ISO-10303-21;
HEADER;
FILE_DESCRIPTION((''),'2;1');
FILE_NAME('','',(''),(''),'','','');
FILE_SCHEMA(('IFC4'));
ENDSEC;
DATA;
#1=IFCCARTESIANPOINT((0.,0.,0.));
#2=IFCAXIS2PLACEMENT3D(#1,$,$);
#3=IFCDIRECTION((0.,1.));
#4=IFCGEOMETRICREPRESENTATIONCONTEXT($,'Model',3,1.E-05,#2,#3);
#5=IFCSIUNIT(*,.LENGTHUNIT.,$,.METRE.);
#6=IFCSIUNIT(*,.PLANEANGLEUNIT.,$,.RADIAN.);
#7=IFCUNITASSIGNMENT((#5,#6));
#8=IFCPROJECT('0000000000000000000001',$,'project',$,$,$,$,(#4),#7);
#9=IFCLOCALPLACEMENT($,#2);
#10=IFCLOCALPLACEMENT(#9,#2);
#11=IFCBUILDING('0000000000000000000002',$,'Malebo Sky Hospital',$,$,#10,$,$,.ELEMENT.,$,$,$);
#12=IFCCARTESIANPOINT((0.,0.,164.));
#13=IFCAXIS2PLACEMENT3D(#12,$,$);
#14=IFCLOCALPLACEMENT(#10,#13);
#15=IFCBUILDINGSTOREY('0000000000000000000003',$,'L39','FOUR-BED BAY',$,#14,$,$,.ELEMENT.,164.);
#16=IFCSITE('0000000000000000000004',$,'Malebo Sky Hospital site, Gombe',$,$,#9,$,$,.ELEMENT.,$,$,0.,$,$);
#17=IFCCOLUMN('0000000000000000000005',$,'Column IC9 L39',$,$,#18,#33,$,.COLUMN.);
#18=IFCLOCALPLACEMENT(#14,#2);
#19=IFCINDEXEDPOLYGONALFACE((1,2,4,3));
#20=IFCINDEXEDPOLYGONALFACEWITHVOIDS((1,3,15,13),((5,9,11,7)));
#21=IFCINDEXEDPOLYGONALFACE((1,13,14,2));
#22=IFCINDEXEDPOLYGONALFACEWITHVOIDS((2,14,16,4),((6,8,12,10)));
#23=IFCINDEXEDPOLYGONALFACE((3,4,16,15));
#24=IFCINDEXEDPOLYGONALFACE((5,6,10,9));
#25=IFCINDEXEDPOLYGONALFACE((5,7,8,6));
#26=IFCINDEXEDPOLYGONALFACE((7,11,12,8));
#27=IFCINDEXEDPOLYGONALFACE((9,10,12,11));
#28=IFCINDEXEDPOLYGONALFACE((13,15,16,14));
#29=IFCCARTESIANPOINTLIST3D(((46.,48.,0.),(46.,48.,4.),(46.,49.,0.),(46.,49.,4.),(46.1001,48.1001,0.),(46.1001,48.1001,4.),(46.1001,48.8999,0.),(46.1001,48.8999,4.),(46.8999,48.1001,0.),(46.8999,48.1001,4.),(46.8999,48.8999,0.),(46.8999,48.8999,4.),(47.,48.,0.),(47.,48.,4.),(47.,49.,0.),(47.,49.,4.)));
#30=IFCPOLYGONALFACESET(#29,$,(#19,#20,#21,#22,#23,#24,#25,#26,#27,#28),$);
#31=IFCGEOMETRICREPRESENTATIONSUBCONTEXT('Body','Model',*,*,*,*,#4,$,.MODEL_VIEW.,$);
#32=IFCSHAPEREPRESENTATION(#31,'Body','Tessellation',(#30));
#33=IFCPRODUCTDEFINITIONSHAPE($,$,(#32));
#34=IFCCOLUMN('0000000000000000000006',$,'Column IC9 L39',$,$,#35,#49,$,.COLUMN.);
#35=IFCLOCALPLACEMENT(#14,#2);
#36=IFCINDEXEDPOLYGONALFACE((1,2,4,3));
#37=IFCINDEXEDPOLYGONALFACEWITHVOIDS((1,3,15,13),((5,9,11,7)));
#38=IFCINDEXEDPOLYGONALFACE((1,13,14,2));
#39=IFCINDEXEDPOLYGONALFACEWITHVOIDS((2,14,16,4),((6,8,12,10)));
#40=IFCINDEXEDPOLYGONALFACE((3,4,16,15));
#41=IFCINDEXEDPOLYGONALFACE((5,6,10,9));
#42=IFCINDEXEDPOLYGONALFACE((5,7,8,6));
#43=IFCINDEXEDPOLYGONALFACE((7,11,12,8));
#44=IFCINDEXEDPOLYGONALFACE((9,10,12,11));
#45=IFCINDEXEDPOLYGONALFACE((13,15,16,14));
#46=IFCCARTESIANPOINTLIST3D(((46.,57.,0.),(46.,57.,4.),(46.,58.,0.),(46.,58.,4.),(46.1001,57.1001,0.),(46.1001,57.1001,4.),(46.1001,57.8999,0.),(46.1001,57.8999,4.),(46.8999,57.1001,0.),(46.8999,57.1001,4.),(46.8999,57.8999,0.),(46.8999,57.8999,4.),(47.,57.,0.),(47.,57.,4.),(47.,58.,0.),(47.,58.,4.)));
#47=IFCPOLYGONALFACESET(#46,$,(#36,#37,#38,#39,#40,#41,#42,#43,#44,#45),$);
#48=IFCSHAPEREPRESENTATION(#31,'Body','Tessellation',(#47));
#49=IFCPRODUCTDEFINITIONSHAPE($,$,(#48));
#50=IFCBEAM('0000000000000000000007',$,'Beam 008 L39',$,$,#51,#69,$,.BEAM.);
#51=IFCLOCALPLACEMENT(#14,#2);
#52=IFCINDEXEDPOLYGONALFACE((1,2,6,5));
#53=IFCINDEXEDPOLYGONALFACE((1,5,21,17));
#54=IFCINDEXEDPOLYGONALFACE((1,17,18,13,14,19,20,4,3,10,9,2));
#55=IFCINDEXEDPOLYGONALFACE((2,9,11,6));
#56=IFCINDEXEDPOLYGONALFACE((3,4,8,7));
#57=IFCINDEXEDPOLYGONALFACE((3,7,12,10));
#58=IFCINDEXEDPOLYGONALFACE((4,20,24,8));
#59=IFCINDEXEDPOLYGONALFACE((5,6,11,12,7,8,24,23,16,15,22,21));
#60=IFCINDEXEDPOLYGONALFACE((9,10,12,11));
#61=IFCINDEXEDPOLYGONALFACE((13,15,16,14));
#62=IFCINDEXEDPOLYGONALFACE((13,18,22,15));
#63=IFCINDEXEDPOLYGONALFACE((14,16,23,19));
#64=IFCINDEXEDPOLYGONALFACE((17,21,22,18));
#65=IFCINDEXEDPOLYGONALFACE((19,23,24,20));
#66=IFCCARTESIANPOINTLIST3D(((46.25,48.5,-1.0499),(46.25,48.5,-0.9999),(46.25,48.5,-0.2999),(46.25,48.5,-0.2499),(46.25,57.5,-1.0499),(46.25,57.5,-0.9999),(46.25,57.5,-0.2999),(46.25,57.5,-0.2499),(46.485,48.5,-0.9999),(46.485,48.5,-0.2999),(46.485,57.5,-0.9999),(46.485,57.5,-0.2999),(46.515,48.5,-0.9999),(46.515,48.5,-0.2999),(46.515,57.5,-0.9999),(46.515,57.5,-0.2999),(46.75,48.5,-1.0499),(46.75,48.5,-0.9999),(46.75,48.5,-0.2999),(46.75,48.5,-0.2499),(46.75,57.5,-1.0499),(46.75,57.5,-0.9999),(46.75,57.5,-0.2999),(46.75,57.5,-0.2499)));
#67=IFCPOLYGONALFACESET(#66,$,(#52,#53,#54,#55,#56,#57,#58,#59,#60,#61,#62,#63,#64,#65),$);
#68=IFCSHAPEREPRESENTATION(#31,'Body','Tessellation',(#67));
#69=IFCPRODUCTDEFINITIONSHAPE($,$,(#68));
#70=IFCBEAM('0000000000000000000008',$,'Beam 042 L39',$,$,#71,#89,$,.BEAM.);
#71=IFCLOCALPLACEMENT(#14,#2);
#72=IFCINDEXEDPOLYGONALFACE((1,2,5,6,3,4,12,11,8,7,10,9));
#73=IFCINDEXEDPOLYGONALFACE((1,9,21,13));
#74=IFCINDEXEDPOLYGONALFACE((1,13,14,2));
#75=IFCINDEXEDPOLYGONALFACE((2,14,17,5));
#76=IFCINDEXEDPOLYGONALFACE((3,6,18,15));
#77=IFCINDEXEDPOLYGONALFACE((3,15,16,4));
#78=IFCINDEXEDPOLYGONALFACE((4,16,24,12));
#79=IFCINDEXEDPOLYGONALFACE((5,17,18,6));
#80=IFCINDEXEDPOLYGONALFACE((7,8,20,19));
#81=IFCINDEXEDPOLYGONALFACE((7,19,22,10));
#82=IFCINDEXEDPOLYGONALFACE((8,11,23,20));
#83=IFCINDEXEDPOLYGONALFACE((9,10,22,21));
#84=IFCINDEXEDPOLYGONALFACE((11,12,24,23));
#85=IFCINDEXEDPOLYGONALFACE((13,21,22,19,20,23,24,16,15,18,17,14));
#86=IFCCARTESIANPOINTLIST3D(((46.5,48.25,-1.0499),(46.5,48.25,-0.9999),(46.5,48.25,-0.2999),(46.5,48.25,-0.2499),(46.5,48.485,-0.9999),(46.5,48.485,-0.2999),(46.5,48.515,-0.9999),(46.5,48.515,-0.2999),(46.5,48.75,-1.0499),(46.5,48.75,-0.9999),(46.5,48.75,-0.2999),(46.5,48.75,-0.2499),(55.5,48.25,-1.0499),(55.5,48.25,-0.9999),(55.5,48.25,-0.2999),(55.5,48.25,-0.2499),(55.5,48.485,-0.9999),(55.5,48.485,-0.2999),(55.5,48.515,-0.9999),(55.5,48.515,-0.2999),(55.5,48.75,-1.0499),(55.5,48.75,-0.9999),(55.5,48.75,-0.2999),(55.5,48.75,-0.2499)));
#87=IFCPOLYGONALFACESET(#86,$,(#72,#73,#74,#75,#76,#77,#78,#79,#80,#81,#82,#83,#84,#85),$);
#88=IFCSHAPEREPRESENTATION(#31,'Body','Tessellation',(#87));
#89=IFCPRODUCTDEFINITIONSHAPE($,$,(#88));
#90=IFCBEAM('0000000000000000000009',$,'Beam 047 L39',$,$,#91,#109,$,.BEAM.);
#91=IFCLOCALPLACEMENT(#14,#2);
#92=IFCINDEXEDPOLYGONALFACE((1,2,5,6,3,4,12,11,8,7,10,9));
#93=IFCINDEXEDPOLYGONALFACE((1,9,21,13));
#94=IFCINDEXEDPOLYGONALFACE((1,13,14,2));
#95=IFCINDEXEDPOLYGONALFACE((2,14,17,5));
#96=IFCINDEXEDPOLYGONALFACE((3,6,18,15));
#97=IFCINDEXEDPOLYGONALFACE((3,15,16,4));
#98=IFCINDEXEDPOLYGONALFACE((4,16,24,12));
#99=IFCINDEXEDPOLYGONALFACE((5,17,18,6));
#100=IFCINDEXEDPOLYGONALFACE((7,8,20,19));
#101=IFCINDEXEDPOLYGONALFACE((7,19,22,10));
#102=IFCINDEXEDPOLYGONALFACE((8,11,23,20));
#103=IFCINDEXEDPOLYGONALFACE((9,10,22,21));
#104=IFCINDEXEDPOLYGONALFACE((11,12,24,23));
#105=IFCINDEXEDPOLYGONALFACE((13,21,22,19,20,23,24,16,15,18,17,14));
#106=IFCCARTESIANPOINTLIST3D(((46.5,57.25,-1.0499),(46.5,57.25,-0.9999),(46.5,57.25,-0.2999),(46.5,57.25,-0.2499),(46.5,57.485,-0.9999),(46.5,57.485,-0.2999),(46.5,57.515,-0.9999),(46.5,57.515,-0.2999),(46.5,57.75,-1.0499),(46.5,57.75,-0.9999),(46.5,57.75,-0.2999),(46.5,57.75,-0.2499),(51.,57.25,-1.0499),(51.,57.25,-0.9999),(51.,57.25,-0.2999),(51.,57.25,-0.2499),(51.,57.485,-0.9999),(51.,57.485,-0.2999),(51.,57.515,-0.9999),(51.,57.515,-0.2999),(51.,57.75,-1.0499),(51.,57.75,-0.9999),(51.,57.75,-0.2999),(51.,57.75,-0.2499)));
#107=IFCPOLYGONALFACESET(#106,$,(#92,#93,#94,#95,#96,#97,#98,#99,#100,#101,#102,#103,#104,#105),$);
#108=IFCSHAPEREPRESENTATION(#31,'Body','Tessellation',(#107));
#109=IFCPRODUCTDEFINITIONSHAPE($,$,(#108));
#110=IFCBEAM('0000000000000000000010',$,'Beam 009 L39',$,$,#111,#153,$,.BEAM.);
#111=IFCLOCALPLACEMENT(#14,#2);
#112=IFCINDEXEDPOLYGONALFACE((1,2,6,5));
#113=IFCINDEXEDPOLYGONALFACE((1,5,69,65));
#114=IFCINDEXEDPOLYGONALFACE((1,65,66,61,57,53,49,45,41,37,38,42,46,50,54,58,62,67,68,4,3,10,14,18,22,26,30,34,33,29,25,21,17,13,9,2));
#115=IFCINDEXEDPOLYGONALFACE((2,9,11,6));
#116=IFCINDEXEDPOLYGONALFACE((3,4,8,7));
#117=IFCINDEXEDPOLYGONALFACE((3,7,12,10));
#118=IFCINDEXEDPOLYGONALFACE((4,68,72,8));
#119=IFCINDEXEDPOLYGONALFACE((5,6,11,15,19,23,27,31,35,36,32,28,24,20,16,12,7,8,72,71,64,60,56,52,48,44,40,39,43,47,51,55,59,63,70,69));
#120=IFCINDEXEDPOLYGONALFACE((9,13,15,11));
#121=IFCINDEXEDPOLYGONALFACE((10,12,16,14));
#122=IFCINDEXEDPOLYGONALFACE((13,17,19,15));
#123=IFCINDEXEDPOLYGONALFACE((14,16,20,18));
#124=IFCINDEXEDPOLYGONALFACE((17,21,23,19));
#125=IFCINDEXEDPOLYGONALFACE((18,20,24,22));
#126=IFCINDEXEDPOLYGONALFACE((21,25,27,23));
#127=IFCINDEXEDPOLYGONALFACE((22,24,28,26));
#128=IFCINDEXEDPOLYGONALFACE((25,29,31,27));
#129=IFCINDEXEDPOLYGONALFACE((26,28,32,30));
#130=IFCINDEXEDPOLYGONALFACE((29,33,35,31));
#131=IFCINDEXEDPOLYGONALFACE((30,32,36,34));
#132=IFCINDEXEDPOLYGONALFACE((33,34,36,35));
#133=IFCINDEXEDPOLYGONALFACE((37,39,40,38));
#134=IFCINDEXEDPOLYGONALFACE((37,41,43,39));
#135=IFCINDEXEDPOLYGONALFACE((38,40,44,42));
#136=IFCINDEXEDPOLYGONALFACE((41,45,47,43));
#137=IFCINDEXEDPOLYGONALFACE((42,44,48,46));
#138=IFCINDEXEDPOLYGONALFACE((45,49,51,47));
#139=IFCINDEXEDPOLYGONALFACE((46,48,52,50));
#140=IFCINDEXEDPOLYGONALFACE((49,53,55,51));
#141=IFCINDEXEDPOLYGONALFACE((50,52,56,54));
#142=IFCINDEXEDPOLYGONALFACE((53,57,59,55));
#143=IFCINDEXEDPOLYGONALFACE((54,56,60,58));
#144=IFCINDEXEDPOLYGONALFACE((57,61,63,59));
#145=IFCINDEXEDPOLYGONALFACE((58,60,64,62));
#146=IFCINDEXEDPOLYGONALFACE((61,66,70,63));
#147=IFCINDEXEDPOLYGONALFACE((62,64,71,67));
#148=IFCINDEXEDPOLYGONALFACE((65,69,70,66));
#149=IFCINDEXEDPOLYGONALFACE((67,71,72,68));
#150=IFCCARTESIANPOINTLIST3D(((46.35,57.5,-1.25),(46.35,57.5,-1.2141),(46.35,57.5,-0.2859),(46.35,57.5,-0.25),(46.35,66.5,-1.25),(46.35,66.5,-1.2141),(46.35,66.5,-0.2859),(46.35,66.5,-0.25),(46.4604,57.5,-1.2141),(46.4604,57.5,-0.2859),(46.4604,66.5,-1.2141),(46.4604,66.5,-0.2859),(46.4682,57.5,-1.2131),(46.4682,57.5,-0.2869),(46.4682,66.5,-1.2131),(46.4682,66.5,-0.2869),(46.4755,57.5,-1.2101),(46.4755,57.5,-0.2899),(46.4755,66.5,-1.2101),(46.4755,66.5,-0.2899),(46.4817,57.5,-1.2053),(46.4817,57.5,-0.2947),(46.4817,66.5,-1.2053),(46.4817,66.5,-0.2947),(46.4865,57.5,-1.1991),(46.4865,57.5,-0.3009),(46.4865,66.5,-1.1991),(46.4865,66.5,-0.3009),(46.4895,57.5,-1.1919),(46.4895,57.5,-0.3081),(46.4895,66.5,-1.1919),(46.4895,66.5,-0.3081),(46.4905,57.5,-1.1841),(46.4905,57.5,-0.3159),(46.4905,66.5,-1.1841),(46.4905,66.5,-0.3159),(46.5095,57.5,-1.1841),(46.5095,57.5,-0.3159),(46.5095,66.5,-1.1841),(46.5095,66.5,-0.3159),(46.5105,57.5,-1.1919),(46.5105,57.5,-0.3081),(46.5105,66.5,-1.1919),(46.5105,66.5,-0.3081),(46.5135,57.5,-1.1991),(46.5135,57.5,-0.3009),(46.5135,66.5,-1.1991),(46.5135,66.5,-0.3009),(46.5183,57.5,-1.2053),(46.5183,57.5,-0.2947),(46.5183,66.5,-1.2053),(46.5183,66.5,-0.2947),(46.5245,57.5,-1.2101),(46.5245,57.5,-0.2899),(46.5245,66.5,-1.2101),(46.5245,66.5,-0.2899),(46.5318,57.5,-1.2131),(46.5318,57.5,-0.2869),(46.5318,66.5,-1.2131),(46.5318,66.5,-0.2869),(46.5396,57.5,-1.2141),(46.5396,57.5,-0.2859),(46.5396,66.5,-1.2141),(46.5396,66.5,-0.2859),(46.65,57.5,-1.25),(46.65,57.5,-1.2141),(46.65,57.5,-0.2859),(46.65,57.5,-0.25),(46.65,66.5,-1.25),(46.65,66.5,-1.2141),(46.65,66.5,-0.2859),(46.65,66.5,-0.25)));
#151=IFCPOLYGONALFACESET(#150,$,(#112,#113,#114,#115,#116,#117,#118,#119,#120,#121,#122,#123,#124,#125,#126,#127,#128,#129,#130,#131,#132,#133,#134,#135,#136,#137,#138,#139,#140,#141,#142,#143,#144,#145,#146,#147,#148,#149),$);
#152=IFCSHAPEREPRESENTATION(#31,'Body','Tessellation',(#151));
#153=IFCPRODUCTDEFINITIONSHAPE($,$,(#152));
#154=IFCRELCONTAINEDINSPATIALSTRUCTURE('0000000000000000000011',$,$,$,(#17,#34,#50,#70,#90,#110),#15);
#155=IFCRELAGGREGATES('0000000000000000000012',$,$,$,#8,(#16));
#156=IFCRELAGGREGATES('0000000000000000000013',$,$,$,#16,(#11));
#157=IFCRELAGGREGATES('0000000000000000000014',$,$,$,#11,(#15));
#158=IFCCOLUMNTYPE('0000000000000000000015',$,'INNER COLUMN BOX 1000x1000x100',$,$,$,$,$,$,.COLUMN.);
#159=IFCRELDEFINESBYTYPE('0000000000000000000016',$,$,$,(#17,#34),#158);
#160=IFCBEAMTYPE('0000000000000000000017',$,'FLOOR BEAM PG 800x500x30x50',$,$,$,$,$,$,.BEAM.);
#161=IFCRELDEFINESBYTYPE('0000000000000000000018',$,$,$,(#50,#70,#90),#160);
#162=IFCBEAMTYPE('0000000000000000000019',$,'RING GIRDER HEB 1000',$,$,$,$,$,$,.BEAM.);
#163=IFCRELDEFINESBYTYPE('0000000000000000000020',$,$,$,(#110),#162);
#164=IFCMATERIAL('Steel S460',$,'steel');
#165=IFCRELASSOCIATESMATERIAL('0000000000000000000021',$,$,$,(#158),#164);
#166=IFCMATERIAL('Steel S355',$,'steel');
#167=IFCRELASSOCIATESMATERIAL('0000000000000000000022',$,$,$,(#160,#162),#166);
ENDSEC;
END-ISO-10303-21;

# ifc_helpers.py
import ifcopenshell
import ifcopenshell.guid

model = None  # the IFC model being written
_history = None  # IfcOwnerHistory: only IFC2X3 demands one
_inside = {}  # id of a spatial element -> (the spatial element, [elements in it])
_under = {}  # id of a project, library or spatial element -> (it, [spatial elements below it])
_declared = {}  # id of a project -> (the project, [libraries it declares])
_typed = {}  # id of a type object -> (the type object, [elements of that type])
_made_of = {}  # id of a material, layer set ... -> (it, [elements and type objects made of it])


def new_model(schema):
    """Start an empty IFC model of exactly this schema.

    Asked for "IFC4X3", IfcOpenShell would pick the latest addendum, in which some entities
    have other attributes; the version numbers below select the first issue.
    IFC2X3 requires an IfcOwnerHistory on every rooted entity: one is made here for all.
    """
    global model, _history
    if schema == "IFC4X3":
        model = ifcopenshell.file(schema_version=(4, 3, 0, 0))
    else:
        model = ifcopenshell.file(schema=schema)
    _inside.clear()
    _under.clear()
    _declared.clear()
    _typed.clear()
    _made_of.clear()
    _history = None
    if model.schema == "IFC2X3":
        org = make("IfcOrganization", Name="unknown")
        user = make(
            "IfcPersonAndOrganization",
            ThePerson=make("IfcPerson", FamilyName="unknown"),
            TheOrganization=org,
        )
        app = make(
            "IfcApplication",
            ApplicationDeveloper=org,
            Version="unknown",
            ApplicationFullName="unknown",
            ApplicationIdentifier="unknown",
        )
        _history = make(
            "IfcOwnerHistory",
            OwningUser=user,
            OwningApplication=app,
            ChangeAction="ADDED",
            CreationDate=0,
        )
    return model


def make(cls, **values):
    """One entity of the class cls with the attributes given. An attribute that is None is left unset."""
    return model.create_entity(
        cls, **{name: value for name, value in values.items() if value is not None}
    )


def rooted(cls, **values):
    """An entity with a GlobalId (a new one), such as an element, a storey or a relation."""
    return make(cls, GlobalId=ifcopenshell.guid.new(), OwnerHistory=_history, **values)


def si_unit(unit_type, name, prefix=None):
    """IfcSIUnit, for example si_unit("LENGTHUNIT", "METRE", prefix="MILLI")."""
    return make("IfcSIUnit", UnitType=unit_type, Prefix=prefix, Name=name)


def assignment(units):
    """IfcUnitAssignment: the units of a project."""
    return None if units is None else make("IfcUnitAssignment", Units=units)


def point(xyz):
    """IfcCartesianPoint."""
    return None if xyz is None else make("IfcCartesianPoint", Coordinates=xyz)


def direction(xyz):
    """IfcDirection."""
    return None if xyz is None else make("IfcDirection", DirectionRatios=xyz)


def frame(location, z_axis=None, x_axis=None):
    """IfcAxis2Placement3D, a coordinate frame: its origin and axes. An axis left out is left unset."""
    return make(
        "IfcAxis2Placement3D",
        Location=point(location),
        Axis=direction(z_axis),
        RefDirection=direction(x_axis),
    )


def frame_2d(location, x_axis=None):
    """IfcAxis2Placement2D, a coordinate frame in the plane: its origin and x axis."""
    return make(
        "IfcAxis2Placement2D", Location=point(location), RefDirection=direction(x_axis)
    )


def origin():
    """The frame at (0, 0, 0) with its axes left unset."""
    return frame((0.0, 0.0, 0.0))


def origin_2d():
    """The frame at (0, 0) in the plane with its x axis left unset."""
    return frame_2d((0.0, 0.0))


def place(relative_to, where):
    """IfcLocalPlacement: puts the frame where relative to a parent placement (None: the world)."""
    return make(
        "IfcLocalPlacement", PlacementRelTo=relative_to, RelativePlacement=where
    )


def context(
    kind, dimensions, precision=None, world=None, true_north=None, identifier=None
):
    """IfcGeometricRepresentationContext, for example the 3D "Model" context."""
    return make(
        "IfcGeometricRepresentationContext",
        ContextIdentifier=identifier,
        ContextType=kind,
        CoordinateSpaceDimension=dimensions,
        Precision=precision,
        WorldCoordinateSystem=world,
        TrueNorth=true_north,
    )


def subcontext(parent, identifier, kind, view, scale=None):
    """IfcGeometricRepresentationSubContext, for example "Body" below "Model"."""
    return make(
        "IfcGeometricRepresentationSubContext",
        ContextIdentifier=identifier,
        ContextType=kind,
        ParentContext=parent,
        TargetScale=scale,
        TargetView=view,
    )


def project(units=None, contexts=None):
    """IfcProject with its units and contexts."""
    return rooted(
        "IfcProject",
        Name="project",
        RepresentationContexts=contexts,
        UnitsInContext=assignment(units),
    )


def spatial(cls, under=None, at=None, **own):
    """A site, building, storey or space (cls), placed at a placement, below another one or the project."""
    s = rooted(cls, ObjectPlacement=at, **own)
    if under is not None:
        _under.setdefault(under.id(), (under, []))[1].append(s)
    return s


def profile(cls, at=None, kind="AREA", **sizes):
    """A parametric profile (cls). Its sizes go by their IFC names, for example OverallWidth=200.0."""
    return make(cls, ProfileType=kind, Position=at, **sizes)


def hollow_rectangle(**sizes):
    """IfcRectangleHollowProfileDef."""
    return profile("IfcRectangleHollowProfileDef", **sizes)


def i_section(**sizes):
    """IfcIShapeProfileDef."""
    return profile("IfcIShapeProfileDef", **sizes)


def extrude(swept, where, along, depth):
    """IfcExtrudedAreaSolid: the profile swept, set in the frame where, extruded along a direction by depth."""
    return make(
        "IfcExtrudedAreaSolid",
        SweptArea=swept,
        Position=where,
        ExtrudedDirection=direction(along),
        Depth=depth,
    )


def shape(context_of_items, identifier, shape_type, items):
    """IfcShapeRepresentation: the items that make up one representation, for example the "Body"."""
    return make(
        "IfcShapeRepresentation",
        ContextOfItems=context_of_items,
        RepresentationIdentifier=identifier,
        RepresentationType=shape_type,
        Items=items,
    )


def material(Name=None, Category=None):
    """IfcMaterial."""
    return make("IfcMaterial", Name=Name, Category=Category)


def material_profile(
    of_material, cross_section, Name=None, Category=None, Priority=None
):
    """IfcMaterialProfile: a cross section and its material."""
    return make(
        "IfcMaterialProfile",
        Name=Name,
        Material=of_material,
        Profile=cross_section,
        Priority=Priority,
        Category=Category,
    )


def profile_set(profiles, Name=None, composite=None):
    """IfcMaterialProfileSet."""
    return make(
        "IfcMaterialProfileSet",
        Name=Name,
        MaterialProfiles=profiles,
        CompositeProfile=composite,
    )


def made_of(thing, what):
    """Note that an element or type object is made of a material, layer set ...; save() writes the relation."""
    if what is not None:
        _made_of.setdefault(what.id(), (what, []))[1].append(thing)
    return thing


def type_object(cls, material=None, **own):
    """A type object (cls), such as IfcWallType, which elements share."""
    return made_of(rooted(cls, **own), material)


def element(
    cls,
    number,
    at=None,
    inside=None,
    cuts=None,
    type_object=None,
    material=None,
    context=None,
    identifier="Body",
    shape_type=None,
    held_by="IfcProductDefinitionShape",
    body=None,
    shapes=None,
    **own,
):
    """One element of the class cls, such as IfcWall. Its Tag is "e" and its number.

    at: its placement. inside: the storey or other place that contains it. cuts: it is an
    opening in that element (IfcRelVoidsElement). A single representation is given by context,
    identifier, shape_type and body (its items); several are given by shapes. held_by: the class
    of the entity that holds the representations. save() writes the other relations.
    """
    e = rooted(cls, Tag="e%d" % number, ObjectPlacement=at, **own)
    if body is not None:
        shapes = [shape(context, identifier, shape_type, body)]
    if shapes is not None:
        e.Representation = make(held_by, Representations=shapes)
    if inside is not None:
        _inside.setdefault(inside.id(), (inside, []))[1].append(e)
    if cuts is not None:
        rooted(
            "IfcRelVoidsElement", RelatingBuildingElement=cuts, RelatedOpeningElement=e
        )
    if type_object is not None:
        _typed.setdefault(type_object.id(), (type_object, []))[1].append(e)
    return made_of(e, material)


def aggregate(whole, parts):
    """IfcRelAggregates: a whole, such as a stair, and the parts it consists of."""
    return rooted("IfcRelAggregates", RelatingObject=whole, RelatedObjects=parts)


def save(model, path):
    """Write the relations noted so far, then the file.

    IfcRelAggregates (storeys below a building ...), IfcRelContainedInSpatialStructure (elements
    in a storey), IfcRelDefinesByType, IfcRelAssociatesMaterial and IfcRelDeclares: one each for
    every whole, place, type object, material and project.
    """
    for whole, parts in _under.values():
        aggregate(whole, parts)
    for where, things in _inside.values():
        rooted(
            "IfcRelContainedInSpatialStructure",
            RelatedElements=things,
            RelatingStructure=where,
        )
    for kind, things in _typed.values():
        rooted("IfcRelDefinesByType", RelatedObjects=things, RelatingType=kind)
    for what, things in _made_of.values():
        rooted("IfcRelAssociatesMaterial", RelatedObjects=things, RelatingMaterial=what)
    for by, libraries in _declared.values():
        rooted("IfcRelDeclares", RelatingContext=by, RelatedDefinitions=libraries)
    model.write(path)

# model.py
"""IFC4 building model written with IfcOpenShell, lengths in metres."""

from ifc_helpers import new_model, si_unit, direction, frame, origin, origin_2d, place, context, subcontext, project, spatial, hollow_rectangle, i_section, extrude, material, material_profile, profile_set, type_object, element, save


model = new_model("IFC4")

# Units and contexts
model_context = context("Model", 3, precision=1e-05, world=origin(), true_north=direction((0.0, 1.0)))
body_context = subcontext(model_context, "Body", "Model", "MODEL_VIEW")
ifc_project = project(units=[si_unit("LENGTHUNIT", "METRE"), si_unit("PLANEANGLEUNIT", "RADIAN")], contexts=[model_context])

# Site, building, storey
site_placement = place(None, origin())
site = spatial("IfcSite", under=ifc_project, at=site_placement, Name="Malebo Sky Hospital site, Gombe", CompositionType="ELEMENT", RefElevation=0.0)
building_placement = place(site_placement, origin())
building = spatial("IfcBuilding", under=site, at=building_placement, Name="Malebo Sky Hospital", CompositionType="ELEMENT")
storey_placement = place(building_placement, frame((0.0, 0.0, 164.0)))
storey = spatial("IfcBuildingStorey", under=building, at=storey_placement, Name="L39", Description="FOUR-BED BAY", CompositionType="ELEMENT", Elevation=164.0)

# Columns
ifc_material_1 = material(Name="Steel S460", Category="steel")
ifc_material_profile_1 = material_profile(ifc_material_1, hollow_rectangle(XDim=1.0, YDim=1.0, WallThickness=0.1001, at=origin_2d()), Name="BOX 1000x1000x100")
ifc_profile_set_1 = profile_set([ifc_material_profile_1], Name="Steel S460")
column_type = type_object("IfcColumnType", Name="INNER COLUMN BOX 1000x1000x100", PredefinedType="COLUMN", material=ifc_profile_set_1)
for number, where, z_axis, x_axis, name in (
    (1, (46.5, 48.5, 0.0), (0.0, 0.0, 1.0), (1.0, 0.0, 0.0), "Column IC9 L39"),
    (2, (46.5, 57.5, 0.0), (0.0, 0.0, 1.0), (1.0, 0.0, 0.0), "Column IC9 L39"),
):
    element("IfcColumn", number, at=place(storey_placement, frame(where, z_axis=z_axis, x_axis=x_axis)), inside=storey, type_object=column_type, Name=name, PredefinedType="COLUMN", context=body_context, shape_type="SweptSolid", body=[
        extrude(hollow_rectangle(XDim=1.0, YDim=1.0, WallThickness=0.1001, at=origin_2d()), origin(), (0.0, 0.0, 1.0), 4.0),
    ])

# Beams
ifc_material_2 = material(Name="Steel S355", Category="steel")
ifc_material_profile_2 = material_profile(ifc_material_2, i_section(OverallWidth=0.5, OverallDepth=0.8, WebThickness=0.03, FlangeThickness=0.05, at=origin_2d()), Name="PG 800x500x30x50")
ifc_profile_set_2 = profile_set([ifc_material_profile_2], Name="Steel S355")
beam_type_1 = type_object("IfcBeamType", Name="FLOOR BEAM PG 800x500x30x50", PredefinedType="BEAM", material=ifc_profile_set_2)
for number, where, z_axis, x_axis, name in (
    (3, (46.5, 48.5, -0.6499), (0.0, 1.0, 0.0), (-1.0, 0.0, 0.0), "Beam 008 L39"),
    (4, (46.5, 48.5, -0.6499), (1.0, 0.0, 0.0), (0.0, 1.0, 0.0), "Beam 042 L39"),
):
    element("IfcBeam", number, at=place(storey_placement, frame(where, z_axis=z_axis, x_axis=x_axis)), inside=storey, type_object=beam_type_1, Name=name, PredefinedType="BEAM", context=body_context, shape_type="SweptSolid", body=[
        extrude(i_section(OverallWidth=0.5, OverallDepth=0.8, WebThickness=0.03, FlangeThickness=0.05, at=origin_2d()), origin(), (0.0, 0.0, 1.0), 9.0),
    ])
beam_1_placement = place(storey_placement, frame((46.5, 57.5, -0.6499), z_axis=(1.0, 0.0, 0.0), x_axis=(0.0, 1.0, 0.0)))
element("IfcBeam", 5, at=beam_1_placement, inside=storey, type_object=beam_type_1, Name="Beam 047 L39", PredefinedType="BEAM", context=body_context, shape_type="SweptSolid", body=[
    extrude(i_section(OverallWidth=0.5, OverallDepth=0.8, WebThickness=0.03, FlangeThickness=0.05, at=origin_2d()), origin(), (0.0, 0.0, 1.0), 4.5),
])
ifc_material_profile_3 = material_profile(ifc_material_2, i_section(OverallWidth=0.3, OverallDepth=1.0, WebThickness=0.019, FlangeThickness=0.0359, FilletRadius=0.03, at=origin_2d()), Name="HEB 1000")
ifc_profile_set_3 = profile_set([ifc_material_profile_3], Name="Steel S355")
beam_type_2 = type_object("IfcBeamType", Name="RING GIRDER HEB 1000", PredefinedType="BEAM", material=ifc_profile_set_3)
beam_2_placement = place(storey_placement, frame((46.5, 57.5, -0.75), z_axis=(0.0, 1.0, 0.0), x_axis=(-1.0, 0.0, 0.0)))
element("IfcBeam", 6, at=beam_2_placement, inside=storey, type_object=beam_type_2, Name="Beam 009 L39", PredefinedType="BEAM", context=body_context, shape_type="SweptSolid", body=[
    extrude(i_section(OverallWidth=0.3, OverallDepth=1.0, WebThickness=0.019, FlangeThickness=0.0359, FilletRadius=0.03, at=origin_2d()), origin(), (0.0, 0.0, 1.0), 9.0),
])

save(model, "model.ifc")
